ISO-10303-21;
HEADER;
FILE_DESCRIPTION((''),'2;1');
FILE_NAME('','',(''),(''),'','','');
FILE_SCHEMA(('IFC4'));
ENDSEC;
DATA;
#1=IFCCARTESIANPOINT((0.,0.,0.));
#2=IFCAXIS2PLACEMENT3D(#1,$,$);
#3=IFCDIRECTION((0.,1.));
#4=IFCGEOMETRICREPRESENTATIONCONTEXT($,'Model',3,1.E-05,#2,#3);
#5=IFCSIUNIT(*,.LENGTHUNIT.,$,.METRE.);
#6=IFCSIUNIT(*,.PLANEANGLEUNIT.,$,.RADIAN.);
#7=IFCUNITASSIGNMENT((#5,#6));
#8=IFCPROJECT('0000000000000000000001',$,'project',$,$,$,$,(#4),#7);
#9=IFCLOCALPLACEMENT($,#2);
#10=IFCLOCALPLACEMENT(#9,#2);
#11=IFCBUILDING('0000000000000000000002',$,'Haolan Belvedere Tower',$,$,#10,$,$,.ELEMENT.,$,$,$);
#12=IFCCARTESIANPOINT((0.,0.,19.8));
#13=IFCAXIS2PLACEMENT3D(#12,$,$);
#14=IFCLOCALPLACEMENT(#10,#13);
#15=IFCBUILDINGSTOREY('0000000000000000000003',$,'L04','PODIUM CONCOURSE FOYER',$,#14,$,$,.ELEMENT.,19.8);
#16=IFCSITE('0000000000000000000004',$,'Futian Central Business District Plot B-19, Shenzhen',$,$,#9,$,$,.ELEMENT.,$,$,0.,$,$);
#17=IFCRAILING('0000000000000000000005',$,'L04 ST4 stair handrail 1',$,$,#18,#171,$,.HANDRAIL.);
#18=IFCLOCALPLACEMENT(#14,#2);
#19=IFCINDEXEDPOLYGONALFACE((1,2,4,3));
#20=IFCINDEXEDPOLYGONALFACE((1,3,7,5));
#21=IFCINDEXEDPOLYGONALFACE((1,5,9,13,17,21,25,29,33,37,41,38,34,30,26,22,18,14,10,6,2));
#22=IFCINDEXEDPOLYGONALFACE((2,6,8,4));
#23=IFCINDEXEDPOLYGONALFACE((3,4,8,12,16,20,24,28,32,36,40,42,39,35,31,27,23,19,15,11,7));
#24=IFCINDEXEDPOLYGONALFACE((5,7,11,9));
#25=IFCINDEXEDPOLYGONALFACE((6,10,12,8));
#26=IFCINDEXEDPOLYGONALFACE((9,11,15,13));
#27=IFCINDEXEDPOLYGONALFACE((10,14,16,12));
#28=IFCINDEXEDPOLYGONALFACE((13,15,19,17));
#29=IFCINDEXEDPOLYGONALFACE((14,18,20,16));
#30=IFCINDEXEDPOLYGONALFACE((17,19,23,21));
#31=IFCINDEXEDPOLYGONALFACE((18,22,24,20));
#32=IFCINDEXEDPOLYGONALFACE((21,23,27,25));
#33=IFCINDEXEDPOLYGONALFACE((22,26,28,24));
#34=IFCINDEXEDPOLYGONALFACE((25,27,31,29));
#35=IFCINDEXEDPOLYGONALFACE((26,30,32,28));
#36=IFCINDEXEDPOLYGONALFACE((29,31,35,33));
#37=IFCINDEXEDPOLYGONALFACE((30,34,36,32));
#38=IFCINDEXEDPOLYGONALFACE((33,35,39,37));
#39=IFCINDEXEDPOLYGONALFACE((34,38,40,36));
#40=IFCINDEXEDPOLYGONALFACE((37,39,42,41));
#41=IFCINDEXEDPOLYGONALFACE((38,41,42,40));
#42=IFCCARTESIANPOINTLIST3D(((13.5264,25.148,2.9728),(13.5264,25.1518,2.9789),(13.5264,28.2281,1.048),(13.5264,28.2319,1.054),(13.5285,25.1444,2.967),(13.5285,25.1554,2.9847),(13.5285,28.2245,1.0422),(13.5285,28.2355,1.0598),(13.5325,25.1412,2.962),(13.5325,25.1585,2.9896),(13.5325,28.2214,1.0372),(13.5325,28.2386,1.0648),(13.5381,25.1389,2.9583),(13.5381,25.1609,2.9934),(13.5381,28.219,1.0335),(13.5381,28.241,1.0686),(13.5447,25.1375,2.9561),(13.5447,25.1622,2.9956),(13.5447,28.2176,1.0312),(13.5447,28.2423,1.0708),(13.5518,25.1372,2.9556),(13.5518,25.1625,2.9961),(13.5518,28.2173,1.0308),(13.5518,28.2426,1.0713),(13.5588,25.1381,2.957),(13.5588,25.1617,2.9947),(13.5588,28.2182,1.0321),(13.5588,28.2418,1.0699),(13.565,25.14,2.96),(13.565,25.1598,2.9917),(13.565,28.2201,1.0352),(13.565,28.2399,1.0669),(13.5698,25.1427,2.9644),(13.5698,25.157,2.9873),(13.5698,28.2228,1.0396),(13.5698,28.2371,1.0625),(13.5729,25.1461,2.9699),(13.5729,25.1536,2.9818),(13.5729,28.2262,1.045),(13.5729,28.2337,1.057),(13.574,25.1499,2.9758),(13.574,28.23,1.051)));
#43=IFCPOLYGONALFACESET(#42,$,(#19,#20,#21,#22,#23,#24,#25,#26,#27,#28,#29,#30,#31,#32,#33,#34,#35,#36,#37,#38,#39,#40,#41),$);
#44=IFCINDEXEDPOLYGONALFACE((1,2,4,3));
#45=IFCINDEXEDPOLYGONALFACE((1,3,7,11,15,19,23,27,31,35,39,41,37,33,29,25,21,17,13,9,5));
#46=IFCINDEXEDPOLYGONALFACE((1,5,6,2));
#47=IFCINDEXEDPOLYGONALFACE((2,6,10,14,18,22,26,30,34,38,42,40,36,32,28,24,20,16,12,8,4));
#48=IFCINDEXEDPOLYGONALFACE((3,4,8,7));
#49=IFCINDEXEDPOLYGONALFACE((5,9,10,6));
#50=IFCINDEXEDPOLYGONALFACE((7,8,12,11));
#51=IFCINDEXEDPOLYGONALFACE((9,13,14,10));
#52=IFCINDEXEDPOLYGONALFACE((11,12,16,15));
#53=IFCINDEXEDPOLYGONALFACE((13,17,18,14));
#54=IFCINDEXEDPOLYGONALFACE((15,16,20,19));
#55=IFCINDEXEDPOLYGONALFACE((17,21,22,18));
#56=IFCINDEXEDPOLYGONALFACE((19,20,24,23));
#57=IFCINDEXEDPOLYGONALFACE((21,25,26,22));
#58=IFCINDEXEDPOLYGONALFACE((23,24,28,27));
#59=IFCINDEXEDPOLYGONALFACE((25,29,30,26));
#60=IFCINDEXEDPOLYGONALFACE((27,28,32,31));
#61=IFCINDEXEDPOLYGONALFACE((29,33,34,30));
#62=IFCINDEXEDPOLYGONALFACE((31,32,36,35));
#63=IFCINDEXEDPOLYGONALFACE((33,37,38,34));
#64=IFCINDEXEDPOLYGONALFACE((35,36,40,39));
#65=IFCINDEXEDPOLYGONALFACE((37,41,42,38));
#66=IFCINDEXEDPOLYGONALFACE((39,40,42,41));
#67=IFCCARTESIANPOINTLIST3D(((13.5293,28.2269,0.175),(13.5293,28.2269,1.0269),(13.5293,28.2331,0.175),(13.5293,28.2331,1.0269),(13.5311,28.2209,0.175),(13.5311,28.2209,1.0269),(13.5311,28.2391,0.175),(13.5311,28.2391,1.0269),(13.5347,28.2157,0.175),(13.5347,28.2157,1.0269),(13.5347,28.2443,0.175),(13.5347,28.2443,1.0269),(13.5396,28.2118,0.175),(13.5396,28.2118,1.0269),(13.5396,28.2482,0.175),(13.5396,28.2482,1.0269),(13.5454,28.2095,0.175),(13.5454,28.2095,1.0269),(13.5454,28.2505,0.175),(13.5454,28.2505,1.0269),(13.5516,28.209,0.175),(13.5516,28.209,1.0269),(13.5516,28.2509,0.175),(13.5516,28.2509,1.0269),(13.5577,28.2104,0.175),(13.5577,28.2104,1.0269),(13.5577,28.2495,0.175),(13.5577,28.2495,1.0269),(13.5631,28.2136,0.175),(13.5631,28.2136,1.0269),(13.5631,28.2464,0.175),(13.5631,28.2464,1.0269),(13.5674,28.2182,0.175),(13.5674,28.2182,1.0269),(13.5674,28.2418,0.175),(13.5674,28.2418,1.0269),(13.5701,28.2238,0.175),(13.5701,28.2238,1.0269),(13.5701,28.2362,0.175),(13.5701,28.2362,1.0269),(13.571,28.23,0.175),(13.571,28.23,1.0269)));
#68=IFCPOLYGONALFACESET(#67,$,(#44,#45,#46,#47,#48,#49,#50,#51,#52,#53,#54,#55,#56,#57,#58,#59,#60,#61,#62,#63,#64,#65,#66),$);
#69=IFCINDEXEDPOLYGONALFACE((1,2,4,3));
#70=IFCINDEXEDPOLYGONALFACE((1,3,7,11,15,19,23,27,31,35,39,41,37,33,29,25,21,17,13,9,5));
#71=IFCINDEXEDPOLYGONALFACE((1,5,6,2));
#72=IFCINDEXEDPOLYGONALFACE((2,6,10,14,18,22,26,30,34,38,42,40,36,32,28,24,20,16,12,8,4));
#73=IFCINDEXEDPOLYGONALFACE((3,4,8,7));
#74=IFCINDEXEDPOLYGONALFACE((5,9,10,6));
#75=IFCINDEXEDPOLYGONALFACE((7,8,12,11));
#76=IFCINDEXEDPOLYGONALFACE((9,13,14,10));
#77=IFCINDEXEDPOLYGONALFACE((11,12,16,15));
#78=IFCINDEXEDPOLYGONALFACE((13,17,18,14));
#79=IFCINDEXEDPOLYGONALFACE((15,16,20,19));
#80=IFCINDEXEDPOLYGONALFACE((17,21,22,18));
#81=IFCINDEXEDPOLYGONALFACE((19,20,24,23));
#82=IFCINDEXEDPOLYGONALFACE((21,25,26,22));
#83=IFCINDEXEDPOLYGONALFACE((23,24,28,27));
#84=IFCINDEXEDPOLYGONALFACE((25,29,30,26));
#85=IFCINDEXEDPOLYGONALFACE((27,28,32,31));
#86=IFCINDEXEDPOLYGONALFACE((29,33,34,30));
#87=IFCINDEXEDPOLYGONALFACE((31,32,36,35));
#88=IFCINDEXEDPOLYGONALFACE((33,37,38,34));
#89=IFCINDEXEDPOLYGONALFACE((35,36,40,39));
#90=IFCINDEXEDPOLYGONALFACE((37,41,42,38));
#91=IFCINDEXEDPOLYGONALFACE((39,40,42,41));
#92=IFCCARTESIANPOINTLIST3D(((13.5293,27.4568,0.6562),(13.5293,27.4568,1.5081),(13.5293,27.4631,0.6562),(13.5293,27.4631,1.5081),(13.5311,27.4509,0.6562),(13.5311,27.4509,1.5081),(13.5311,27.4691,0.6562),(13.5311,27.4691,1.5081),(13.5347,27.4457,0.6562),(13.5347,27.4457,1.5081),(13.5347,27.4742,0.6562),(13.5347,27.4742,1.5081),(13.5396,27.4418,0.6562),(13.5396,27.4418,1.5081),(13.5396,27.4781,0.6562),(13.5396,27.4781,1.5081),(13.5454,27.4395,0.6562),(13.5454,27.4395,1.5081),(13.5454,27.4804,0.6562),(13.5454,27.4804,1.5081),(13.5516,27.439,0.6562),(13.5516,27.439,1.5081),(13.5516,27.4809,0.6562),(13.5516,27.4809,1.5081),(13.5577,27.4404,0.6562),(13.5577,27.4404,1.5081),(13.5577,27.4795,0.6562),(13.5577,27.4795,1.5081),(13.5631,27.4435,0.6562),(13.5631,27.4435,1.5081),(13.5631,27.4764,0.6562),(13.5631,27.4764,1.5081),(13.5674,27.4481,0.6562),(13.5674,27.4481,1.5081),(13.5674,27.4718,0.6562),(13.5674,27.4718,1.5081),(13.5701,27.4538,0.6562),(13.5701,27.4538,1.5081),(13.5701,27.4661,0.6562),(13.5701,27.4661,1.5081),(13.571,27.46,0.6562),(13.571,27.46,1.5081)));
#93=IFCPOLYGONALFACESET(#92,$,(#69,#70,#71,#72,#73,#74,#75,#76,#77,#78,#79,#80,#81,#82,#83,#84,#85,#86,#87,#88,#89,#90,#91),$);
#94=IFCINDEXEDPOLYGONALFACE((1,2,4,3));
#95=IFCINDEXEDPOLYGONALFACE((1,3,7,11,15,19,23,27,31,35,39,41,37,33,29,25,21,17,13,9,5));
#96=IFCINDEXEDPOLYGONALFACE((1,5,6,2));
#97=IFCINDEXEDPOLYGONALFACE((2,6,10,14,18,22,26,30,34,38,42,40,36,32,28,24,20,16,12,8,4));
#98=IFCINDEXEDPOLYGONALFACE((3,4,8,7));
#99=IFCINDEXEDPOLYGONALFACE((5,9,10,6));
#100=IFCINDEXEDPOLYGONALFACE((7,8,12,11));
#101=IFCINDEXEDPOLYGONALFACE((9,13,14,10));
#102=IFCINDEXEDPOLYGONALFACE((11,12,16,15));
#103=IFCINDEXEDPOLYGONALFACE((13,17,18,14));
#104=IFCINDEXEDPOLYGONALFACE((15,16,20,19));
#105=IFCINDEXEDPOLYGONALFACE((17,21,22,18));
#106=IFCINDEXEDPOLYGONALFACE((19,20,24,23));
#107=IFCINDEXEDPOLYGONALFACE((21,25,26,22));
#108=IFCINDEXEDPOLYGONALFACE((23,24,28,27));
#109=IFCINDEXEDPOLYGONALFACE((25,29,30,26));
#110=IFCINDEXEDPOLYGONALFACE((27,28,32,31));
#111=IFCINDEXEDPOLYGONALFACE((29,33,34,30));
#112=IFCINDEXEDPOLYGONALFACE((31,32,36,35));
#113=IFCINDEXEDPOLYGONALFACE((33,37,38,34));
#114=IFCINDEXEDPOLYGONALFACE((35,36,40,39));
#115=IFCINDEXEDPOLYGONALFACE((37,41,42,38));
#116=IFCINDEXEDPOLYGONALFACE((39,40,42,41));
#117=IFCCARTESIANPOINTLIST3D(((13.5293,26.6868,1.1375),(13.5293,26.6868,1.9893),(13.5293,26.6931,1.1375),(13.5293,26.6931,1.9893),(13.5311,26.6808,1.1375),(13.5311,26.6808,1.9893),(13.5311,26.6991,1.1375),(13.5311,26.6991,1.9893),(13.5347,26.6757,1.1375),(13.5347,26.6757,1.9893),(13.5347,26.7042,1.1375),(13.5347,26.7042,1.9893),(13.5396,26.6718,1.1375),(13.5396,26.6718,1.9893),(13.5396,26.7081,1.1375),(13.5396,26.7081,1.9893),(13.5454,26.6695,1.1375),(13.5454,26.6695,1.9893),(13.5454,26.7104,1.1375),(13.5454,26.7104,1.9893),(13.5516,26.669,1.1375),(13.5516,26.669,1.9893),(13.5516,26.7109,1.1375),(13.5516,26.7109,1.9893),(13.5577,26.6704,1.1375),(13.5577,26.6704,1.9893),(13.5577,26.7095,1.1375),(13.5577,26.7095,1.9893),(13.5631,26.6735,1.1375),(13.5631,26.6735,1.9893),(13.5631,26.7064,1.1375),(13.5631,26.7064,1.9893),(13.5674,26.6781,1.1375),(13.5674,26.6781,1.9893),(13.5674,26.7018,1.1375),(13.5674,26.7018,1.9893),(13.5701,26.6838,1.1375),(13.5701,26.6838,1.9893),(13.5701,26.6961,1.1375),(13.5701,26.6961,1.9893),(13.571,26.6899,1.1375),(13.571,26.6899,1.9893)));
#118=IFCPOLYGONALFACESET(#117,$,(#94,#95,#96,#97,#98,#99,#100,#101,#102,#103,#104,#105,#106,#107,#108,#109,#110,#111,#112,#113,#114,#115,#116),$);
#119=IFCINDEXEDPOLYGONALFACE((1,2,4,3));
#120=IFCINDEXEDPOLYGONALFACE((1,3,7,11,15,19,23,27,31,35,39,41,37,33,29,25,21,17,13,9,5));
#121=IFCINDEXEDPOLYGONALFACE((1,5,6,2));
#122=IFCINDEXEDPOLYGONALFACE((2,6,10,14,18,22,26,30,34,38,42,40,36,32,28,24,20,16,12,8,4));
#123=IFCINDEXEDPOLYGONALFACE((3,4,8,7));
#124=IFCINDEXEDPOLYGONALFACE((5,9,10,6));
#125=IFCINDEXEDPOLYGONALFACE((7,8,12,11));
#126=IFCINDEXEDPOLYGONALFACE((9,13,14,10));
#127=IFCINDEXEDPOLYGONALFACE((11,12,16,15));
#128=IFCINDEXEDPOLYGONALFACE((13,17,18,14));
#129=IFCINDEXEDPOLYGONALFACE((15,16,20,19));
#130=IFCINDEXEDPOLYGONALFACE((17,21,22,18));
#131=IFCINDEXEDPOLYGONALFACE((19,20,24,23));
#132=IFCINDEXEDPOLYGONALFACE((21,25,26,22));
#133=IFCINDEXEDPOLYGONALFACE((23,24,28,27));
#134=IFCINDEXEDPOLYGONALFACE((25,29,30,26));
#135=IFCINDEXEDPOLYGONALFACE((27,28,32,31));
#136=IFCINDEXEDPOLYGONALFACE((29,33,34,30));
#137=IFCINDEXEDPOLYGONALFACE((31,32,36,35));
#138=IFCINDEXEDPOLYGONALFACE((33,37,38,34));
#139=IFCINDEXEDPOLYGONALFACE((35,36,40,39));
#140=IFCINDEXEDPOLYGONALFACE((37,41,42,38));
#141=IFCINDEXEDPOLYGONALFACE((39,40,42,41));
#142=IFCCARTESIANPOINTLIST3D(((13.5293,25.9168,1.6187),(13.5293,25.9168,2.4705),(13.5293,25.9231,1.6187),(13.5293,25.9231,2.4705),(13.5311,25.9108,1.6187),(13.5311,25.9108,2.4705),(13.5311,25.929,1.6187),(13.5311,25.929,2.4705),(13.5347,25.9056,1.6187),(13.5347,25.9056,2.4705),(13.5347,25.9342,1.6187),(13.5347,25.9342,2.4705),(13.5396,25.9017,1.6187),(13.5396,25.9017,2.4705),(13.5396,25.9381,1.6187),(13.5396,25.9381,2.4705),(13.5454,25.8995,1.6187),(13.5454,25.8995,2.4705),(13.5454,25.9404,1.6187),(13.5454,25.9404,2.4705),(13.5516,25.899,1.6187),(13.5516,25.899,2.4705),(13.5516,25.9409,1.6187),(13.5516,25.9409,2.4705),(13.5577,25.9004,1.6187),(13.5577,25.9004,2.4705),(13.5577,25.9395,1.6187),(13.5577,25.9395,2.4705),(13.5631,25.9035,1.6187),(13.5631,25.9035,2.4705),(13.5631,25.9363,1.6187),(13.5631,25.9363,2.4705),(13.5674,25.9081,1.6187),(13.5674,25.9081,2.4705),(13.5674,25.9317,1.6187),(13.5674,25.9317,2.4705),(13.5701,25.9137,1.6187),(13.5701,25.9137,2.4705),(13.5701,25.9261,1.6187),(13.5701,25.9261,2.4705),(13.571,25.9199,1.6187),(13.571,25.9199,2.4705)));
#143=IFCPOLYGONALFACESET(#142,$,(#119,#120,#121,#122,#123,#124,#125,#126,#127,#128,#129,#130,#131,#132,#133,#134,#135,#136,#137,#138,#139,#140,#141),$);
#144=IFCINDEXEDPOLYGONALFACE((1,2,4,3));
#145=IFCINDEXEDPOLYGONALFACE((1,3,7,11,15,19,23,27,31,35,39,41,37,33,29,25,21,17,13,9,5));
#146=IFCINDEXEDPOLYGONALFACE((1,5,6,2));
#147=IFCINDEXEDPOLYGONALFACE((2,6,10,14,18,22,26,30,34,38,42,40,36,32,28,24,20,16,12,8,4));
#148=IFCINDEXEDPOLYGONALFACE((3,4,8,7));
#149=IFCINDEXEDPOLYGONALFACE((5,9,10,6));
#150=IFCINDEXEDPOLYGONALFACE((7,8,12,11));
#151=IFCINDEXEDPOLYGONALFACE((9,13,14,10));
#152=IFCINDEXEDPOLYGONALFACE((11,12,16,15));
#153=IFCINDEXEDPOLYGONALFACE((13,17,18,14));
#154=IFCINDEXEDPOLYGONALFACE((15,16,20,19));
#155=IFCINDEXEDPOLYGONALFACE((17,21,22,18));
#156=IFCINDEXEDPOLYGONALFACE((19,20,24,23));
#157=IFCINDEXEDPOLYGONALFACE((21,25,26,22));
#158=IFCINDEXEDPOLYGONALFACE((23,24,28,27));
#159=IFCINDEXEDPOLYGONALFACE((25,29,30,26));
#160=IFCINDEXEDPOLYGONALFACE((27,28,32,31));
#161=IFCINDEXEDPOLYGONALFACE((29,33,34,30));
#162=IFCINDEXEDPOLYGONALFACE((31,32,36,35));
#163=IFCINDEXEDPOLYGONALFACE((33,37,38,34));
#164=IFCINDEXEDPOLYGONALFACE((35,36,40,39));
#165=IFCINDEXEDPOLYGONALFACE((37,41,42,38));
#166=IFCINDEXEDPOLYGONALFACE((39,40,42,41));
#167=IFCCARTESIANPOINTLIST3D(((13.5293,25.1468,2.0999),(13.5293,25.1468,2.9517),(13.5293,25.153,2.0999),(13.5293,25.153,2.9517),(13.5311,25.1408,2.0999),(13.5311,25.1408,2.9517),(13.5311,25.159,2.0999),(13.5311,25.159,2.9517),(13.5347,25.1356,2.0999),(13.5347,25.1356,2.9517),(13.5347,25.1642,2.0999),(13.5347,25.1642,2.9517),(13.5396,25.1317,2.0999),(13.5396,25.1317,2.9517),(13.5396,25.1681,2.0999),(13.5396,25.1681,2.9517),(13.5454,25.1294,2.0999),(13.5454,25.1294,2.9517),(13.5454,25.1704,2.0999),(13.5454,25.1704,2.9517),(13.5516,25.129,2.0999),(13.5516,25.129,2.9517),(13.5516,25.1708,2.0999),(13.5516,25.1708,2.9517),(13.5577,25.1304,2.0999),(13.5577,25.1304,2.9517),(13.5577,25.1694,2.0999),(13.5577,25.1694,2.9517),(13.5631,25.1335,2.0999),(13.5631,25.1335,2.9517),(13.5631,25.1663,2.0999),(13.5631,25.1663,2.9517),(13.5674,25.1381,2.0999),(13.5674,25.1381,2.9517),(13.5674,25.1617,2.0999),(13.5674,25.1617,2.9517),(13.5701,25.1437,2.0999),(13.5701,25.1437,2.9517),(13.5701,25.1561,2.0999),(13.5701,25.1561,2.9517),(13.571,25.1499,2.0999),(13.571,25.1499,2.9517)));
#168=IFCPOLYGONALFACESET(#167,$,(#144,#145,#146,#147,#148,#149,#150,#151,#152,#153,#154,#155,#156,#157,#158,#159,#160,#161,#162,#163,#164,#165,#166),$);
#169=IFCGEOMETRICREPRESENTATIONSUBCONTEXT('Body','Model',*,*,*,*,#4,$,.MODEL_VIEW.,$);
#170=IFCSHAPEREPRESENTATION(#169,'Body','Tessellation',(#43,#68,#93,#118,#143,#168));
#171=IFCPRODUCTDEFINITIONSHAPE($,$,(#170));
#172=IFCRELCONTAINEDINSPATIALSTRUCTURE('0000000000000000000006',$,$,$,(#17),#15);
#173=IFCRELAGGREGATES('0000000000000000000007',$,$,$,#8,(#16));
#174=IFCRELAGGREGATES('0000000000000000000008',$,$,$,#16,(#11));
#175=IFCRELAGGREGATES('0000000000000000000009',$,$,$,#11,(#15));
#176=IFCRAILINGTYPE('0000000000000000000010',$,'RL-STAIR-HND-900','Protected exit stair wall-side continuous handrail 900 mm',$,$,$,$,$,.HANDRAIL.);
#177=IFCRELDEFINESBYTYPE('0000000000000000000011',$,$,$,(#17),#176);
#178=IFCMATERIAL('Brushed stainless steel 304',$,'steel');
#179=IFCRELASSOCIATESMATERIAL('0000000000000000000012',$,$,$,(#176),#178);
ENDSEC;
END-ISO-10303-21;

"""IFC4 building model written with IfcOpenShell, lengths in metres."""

from ifc_helpers import new_model, si_unit, direction, frame, origin, origin_2d, place, context, subcontext, project, spatial, circle, extrude, material, type_object, element, save


model = new_model("IFC4")

# Units and contexts
model_context = context("Model", 3, precision=1e-05, world=origin(), true_north=direction((0.0, 1.0)))
body_context = subcontext(model_context, "Body", "Model", "MODEL_VIEW")
ifc_project = project(units=[si_unit("LENGTHUNIT", "METRE"), si_unit("PLANEANGLEUNIT", "RADIAN")], contexts=[model_context])

# Site, building, storey
site_placement = place(None, origin())
site = spatial("IfcSite", under=ifc_project, at=site_placement, Name="Futian Central Business District Plot B-19, Shenzhen", CompositionType="ELEMENT", RefElevation=0.0)
building_placement = place(site_placement, origin())
building = spatial("IfcBuilding", under=site, at=building_placement, Name="Haolan Belvedere Tower", CompositionType="ELEMENT")
storey_placement = place(building_placement, frame((0.0, 0.0, 19.8)))
storey = spatial("IfcBuildingStorey", under=building, at=storey_placement, Name="L04", Description="PODIUM CONCOURSE FOYER", CompositionType="ELEMENT", Elevation=19.8)

# Railing
ifc_material_1 = material(Name="Brushed stainless steel 304", Category="steel")
railing_type_1 = type_object("IfcRailingType", Name="RL-STAIR-HND-900", Description="Protected exit stair wall-side continuous handrail 900 mm", PredefinedType="HANDRAIL", material=ifc_material_1)
railing_1_placement = place(storey_placement, frame((13.55, 28.23, 0.175)))
element("IfcRailing", 1, at=railing_1_placement, inside=storey, type_object=railing_type_1, Name="L04 ST4 stair handrail 1", PredefinedType="HANDRAIL", context=body_context, shape_type="SweptSolid", body=[
    extrude(circle(Radius=0.0239, at=origin_2d()), frame((0.0, 0.0, 0.876), z_axis=(0.0, -0.848029, 0.529951), x_axis=(1.0, 0.0, 0.0)), (0.0, 0.0, 1.0), 3.6321),
    extrude(circle(Radius=0.021, at=origin_2d()), origin(), (0.0, 0.0, 1.0), 0.8518),
    extrude(circle(Radius=0.021, at=origin_2d()), frame((0.0, -0.77, 0.4812)), (0.0, 0.0, 1.0), 0.8518),
    extrude(circle(Radius=0.021, at=origin_2d()), frame((0.0, -1.54, 0.9624)), (0.0, 0.0, 1.0), 0.8518),
    extrude(circle(Radius=0.021, at=origin_2d()), frame((0.0, -2.3101, 1.4436)), (0.0, 0.0, 1.0), 0.8518),
    extrude(circle(Radius=0.021, at=origin_2d()), frame((0.0, -3.0801, 1.9248)), (0.0, 0.0, 1.0), 0.8518),
])

save(model, "model.ifc")
